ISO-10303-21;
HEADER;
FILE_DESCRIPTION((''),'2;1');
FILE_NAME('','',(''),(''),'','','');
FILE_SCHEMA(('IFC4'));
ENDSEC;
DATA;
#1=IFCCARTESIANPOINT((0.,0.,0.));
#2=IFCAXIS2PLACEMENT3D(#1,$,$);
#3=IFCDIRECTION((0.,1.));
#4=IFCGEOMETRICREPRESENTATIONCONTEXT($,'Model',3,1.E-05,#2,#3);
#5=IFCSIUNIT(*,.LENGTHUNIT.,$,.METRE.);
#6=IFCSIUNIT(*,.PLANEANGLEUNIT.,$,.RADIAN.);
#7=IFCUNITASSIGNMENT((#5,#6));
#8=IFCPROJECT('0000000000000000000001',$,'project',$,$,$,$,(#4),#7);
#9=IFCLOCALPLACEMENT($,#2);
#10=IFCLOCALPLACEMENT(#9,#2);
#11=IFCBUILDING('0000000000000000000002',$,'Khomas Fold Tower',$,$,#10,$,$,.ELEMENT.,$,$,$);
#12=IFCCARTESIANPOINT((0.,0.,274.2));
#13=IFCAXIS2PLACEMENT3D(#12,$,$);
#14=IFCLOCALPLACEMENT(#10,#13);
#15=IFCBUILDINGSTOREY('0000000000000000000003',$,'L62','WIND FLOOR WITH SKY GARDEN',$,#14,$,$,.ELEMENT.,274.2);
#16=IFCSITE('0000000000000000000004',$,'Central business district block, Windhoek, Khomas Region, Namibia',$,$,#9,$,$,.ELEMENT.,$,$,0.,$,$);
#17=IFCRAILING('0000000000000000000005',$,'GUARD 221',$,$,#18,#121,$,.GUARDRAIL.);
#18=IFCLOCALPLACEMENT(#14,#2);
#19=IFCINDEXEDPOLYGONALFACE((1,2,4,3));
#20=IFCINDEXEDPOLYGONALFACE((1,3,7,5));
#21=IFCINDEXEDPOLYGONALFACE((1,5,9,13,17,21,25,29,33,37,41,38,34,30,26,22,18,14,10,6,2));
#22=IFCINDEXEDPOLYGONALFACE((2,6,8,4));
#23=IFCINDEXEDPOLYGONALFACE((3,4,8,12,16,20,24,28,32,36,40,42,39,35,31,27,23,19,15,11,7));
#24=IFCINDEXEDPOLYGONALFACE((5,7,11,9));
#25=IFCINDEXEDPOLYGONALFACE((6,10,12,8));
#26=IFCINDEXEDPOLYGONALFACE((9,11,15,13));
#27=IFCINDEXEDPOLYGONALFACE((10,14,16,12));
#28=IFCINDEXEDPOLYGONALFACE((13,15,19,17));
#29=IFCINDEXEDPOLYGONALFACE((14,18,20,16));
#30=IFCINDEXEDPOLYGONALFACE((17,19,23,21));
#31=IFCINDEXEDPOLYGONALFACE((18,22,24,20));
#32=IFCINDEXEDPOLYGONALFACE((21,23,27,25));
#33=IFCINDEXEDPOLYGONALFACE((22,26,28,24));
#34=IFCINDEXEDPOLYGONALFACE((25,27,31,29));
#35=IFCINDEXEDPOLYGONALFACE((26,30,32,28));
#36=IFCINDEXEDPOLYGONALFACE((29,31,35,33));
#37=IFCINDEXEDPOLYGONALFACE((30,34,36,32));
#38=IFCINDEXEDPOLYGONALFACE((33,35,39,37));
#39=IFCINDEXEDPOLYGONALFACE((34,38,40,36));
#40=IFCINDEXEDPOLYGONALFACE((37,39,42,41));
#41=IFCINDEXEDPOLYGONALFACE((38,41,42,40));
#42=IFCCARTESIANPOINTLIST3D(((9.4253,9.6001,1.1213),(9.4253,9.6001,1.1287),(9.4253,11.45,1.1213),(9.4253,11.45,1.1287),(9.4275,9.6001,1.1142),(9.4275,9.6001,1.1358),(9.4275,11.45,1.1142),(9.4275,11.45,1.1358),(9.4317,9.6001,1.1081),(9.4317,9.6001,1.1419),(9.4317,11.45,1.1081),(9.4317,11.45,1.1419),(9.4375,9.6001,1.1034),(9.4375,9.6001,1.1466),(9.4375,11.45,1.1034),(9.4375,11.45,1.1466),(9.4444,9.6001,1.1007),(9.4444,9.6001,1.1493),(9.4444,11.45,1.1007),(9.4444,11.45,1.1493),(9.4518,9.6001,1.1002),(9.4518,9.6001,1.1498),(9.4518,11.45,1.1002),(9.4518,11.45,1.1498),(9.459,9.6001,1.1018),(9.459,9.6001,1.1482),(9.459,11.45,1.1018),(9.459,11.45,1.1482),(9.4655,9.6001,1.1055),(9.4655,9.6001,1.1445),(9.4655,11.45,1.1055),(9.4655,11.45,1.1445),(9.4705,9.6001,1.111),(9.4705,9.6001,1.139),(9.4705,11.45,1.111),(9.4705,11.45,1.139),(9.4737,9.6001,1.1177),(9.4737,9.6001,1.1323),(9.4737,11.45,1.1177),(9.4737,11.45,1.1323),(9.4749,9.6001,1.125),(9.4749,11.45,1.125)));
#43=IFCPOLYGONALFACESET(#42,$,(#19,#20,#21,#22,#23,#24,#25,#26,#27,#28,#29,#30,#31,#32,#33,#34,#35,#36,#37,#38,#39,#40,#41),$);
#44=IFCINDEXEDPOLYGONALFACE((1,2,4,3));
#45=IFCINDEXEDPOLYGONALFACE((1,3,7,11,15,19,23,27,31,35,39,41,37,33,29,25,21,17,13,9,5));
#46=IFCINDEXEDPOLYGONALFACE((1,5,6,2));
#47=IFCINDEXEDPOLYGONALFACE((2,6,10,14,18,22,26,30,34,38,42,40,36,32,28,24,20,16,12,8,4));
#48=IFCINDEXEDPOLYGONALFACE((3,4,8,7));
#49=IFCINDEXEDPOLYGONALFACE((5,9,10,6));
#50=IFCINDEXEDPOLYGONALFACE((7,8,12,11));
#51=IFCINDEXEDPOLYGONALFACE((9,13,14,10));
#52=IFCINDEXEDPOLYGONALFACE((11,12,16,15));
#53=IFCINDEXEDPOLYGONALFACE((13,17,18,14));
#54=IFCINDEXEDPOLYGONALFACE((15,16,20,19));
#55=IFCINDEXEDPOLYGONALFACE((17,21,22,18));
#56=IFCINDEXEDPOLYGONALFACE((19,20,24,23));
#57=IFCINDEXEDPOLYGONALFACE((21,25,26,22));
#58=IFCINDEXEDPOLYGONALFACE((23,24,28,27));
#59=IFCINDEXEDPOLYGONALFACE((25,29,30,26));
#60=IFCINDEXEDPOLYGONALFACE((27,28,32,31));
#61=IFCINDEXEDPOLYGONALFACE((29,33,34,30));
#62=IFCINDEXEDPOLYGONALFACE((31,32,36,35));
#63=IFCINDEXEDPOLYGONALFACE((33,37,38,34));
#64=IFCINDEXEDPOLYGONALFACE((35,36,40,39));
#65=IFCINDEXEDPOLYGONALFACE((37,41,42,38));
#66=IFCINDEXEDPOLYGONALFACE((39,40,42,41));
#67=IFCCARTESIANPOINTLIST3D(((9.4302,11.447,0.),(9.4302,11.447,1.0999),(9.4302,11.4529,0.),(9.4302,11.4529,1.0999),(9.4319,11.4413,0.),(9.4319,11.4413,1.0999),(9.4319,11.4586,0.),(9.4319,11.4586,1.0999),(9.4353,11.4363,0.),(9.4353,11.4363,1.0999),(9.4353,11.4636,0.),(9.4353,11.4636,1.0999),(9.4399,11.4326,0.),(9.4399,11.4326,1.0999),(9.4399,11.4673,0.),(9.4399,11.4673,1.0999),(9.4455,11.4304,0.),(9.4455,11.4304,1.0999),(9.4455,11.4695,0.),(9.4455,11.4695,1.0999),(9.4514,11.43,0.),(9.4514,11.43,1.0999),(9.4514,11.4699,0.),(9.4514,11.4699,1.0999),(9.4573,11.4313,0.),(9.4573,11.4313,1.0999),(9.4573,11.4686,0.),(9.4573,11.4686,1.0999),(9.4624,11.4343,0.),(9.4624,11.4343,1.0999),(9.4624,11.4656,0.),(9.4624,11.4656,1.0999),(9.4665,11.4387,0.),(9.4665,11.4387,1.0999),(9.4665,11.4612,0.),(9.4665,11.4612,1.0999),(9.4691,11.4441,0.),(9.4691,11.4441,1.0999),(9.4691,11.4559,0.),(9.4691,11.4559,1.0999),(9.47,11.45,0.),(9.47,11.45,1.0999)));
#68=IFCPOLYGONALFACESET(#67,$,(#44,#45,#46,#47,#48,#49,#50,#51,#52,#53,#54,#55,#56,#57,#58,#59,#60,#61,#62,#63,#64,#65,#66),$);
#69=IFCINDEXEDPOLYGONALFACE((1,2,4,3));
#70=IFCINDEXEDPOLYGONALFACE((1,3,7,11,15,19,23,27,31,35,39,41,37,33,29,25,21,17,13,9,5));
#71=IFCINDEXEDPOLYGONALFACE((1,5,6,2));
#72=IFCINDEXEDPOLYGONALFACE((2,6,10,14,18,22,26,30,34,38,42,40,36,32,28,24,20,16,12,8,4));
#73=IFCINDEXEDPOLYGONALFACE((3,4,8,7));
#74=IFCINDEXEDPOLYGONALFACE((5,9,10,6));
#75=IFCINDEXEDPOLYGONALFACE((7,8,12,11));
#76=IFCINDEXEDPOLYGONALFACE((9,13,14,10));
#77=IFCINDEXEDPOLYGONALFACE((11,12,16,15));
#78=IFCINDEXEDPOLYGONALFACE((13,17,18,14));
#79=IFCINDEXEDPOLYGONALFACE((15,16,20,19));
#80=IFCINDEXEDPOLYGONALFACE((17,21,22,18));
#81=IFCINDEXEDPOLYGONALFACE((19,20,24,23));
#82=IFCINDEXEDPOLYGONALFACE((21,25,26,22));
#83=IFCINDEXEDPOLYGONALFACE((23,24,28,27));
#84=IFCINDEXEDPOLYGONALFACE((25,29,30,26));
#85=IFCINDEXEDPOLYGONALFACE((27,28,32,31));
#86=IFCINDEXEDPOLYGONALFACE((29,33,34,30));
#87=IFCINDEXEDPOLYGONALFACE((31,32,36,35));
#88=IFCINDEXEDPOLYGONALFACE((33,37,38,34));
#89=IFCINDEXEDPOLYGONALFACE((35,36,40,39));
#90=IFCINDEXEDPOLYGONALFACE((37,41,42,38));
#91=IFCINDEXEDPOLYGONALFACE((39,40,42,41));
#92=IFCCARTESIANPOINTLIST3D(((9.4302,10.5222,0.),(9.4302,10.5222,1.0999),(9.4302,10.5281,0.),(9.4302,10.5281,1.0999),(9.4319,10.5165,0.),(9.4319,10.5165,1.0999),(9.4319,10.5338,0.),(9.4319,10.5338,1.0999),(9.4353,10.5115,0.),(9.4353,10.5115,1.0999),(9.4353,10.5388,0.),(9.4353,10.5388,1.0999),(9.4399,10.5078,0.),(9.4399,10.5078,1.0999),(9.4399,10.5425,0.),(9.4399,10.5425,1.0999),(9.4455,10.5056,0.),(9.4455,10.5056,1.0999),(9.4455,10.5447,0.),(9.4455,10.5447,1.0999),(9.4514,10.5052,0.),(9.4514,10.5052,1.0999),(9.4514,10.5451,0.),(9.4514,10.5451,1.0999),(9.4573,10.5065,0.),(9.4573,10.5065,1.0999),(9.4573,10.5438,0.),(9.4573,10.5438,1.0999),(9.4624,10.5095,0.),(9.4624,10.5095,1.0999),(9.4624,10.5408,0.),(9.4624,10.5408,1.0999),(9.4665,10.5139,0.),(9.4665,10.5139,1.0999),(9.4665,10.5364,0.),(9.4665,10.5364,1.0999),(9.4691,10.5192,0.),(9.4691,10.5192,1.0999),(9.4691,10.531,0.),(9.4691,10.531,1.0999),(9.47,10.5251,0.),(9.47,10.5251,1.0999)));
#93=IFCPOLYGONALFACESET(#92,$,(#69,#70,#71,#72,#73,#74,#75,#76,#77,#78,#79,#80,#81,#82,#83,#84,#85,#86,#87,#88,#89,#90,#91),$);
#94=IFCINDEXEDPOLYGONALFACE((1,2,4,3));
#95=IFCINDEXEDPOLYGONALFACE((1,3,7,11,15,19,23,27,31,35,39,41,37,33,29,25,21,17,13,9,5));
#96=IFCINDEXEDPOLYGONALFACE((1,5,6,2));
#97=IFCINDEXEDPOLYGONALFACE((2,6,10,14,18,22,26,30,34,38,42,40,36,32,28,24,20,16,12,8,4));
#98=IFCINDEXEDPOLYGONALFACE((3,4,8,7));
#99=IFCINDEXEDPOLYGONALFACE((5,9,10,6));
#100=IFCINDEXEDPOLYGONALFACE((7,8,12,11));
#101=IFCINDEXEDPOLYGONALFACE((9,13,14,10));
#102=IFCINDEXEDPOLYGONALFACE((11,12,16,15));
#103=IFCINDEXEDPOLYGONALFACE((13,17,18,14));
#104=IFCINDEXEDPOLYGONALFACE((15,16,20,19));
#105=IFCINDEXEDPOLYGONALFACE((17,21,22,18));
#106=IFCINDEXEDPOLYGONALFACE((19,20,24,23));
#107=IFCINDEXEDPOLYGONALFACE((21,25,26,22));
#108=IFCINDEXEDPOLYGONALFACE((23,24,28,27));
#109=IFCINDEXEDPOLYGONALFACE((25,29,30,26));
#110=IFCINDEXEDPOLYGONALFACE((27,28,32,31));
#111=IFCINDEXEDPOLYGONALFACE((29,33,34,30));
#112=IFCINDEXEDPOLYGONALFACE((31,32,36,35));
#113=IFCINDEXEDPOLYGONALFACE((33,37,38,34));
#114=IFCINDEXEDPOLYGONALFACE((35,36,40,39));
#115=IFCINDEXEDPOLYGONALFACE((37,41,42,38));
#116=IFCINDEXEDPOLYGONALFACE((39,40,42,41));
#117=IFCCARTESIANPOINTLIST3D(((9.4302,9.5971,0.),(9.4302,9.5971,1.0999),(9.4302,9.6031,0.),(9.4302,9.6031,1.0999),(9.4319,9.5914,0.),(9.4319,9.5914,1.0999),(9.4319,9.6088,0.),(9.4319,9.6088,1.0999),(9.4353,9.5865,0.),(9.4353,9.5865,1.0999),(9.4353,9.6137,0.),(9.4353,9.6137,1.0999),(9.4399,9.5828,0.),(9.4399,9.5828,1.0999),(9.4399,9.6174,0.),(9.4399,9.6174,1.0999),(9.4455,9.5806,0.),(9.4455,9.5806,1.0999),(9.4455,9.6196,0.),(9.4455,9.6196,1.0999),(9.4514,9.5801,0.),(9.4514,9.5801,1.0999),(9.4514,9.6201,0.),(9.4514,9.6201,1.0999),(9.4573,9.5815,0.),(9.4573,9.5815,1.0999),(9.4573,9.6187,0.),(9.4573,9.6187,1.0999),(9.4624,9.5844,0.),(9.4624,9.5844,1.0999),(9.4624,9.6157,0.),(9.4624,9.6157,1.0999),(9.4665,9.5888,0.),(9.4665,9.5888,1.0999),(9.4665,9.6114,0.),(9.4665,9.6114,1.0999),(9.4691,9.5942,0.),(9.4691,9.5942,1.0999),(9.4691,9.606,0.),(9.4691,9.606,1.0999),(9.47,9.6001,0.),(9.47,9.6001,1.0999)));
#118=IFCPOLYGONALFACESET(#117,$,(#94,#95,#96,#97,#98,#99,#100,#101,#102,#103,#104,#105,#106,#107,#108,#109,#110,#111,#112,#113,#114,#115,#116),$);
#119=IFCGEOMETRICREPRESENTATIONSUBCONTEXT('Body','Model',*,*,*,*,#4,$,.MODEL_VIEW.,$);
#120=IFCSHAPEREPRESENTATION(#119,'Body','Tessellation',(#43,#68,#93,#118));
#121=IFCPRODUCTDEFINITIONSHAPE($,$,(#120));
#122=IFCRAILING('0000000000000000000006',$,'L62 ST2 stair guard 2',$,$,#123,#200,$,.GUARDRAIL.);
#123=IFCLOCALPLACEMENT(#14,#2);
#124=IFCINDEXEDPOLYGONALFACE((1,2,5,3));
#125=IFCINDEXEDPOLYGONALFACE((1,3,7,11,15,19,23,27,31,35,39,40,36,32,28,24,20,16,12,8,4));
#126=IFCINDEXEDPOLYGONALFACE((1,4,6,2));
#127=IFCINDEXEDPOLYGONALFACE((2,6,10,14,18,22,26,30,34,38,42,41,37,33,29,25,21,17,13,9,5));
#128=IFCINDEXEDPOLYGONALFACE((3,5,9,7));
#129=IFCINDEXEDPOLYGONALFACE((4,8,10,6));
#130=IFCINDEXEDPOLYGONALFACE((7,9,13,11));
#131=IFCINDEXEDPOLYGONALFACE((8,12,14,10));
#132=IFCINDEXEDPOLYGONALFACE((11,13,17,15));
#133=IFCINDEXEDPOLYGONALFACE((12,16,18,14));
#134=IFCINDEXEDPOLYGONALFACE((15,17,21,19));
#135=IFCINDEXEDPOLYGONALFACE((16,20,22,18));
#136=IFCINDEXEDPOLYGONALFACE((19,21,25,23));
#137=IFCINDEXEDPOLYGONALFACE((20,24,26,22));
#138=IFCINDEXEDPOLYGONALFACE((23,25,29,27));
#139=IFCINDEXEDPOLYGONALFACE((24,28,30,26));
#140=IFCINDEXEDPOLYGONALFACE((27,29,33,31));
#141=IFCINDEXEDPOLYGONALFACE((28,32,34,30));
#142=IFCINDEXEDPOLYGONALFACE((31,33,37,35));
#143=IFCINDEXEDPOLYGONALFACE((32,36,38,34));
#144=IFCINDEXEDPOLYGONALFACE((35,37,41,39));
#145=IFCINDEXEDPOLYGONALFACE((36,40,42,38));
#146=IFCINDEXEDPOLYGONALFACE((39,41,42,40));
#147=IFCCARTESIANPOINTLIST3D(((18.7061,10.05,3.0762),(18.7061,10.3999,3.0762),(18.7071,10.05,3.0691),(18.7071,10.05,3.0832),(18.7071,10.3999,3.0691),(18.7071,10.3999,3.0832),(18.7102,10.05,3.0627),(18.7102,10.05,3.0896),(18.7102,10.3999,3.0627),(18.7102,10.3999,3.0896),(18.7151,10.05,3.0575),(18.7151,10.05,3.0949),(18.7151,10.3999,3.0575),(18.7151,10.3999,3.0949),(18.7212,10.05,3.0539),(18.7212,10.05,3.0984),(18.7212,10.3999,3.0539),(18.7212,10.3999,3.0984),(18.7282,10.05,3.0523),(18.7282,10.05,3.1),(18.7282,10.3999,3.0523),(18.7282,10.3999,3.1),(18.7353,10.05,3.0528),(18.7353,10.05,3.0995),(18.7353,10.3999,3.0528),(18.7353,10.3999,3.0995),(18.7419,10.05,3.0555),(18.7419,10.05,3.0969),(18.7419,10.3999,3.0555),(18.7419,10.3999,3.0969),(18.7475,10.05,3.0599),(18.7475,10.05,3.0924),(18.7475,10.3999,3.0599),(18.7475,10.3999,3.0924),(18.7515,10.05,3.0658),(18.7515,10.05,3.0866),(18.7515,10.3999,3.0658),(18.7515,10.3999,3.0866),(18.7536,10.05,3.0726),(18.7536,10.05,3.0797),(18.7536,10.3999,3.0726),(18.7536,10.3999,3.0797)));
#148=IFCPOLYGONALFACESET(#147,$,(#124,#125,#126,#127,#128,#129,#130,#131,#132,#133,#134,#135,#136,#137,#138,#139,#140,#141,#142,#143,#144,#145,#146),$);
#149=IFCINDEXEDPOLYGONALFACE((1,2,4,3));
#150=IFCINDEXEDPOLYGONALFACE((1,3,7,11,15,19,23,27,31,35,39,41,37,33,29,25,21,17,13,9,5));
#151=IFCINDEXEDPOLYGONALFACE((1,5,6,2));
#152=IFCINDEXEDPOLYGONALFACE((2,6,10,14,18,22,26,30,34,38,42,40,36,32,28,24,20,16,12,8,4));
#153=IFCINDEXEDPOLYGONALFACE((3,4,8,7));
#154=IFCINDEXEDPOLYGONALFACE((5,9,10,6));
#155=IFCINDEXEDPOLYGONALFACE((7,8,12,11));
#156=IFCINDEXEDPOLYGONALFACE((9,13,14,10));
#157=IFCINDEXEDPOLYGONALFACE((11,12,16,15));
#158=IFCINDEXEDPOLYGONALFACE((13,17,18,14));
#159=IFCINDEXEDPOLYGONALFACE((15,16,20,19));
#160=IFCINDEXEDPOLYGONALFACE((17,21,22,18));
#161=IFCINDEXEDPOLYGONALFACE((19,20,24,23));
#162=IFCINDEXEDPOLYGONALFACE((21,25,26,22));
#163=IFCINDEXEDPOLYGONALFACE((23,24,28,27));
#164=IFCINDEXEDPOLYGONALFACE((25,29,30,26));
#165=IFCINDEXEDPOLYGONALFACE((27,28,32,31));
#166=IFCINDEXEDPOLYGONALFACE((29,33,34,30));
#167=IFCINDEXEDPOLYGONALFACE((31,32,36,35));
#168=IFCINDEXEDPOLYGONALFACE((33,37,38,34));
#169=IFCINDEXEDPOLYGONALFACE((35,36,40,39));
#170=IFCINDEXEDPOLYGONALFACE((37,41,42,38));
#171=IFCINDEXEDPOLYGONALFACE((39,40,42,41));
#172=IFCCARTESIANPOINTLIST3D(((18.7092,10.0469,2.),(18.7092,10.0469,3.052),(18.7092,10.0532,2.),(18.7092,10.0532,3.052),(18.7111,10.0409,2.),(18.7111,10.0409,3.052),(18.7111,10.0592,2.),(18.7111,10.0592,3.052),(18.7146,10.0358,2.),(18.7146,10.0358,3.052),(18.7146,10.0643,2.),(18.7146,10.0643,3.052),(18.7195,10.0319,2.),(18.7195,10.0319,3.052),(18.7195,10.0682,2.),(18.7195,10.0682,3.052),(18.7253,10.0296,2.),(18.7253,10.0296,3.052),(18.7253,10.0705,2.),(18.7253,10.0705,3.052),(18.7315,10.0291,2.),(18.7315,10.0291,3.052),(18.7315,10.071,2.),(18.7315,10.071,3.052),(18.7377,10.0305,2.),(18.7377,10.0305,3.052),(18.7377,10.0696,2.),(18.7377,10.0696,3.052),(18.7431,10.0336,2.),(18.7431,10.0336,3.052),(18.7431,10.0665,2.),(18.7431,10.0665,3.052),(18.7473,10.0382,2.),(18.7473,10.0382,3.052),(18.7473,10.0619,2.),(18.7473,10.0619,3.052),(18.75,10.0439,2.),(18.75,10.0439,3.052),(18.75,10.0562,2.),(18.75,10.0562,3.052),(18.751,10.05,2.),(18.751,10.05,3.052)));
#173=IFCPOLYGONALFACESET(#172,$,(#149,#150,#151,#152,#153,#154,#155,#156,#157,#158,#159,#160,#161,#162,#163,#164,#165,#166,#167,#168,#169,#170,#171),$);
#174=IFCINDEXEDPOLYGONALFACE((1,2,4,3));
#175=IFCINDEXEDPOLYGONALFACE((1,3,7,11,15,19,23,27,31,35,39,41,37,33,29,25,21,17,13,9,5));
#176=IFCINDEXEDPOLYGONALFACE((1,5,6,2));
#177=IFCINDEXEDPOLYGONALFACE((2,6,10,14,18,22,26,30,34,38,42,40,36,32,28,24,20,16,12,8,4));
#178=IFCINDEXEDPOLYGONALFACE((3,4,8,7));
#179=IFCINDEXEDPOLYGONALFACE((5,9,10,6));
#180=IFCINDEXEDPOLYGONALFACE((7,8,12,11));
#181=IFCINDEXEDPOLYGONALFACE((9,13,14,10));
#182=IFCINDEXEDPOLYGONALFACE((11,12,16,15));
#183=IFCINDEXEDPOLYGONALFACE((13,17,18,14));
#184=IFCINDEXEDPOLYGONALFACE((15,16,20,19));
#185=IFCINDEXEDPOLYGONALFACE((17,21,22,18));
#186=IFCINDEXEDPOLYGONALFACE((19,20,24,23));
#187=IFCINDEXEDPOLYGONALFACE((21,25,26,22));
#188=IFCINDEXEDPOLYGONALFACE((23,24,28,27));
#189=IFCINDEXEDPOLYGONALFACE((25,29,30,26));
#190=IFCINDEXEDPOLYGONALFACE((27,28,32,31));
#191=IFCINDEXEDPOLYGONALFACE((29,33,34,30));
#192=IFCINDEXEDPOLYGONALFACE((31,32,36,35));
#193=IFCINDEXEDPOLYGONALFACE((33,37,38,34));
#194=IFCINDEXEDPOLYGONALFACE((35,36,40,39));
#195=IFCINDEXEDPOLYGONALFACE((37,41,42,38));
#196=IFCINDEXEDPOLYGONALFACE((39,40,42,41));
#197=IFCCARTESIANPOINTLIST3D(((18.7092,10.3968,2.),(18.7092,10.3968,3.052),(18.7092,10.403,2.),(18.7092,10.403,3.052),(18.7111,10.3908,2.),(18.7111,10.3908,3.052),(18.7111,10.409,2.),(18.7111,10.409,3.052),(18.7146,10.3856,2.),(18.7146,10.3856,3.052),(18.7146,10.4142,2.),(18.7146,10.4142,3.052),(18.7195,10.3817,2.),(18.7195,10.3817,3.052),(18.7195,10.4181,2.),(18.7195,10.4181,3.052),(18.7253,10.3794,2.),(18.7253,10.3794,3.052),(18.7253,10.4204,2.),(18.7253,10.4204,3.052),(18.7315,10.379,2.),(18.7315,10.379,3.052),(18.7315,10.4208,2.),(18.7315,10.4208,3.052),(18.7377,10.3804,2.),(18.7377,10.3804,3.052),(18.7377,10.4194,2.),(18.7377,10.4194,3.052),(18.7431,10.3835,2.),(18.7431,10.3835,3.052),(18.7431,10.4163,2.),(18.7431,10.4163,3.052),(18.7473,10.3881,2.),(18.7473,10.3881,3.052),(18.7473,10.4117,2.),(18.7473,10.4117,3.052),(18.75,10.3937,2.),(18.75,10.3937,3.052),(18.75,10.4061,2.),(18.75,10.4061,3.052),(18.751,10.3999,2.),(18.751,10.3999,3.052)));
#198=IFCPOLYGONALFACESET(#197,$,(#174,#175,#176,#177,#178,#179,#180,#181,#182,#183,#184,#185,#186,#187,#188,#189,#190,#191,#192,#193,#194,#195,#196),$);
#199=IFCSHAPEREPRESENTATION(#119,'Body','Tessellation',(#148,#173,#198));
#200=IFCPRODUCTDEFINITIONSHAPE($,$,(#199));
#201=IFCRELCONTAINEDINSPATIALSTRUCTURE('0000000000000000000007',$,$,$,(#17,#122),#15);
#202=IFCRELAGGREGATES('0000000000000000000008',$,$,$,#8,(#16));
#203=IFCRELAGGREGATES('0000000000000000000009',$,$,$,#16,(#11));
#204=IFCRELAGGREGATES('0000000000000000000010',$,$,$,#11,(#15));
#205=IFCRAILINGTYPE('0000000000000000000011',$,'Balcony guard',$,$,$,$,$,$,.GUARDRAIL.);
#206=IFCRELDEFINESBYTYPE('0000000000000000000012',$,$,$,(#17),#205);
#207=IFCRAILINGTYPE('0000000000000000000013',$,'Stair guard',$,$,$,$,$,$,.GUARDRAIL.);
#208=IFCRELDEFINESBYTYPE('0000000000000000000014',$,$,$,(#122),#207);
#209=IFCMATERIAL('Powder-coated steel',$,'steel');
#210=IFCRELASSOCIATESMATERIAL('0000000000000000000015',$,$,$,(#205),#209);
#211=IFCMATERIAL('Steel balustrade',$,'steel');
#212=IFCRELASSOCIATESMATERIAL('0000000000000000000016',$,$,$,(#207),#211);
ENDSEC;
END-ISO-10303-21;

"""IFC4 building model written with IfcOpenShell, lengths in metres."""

from ifc_helpers import new_model, si_unit, direction, frame, origin, origin_2d, place, context, subcontext, project, spatial, circle, extrude, source, transform, mapped, material, type_object, element, save


model = new_model("IFC4")

# Units and contexts
model_context = context("Model", 3, precision=1e-05, world=origin(), true_north=direction((0.0, 1.0)))
body_context = subcontext(model_context, "Body", "Model", "MODEL_VIEW")
ifc_project = project(units=[si_unit("LENGTHUNIT", "METRE"), si_unit("PLANEANGLEUNIT", "RADIAN")], contexts=[model_context])

# Site, building, storey
site_placement = place(None, origin())
site = spatial("IfcSite", under=ifc_project, at=site_placement, Name="Central business district block, Windhoek, Khomas Region, Namibia", CompositionType="ELEMENT", RefElevation=0.0)
building_placement = place(site_placement, origin())
building = spatial("IfcBuilding", under=site, at=building_placement, Name="Khomas Fold Tower", CompositionType="ELEMENT")
storey_placement = place(building_placement, frame((0.0, 0.0, 274.2)))
storey = spatial("IfcBuildingStorey", under=building, at=storey_placement, Name="L62", Description="WIND FLOOR WITH SKY GARDEN", CompositionType="ELEMENT", Elevation=274.2)

# Railings
ifc_material_1 = material(Name="Powder-coated steel", Category="steel")
railing_type_1 = type_object("IfcRailingType", Name="Balcony guard", PredefinedType="GUARDRAIL", material=ifc_material_1)
shared_shape_1 = source(origin(), body_context, "Body", "SweptSolid", [
    extrude(circle(Radius=0.0249, at=origin_2d()), frame((0.0, 0.0, 1.125), z_axis=(0.0, -1.0, 0.0), x_axis=(1.0, 0.0, 0.0)), (0.0, 0.0, 1.0), 1.8499),
    extrude(circle(Radius=0.02, at=origin_2d()), origin(), (0.0, 0.0, 1.0), 1.0999),
    extrude(circle(Radius=0.02, at=origin_2d()), frame((0.0, -0.9248, 0.0)), (0.0, 0.0, 1.0), 1.0999),
    extrude(circle(Radius=0.02, at=origin_2d()), frame((0.0, -1.8499, 0.0)), (0.0, 0.0, 1.0), 1.0999),
])
railing_placement = place(storey_placement, frame((9.45, 11.45, 0.0)))
element("IfcRailing", 1, at=railing_placement, inside=storey, type_object=railing_type_1, Name="GUARD 221", PredefinedType="GUARDRAIL", context=body_context, shape_type="MappedRepresentation", body=[
    mapped(shared_shape_1, transform((0.0, 0.0, 0.0))),
])
ifc_material_2 = material(Name="Steel balustrade", Category="steel")
railing_type_2 = type_object("IfcRailingType", Name="Stair guard", PredefinedType="GUARDRAIL", material=ifc_material_2)
shared_shape_2 = source(origin(), body_context, "Body", "SweptSolid", [
    extrude(circle(Radius=0.0239, at=origin_2d()), frame((0.0, 0.0, 1.0762), z_axis=(0.0, 1.0, 0.0), x_axis=(-1.0, 0.0, 0.0)), (0.0, 0.0, 1.0), 0.3499),
    extrude(circle(Radius=0.021, at=origin_2d()), origin(), (0.0, 0.0, 1.0), 1.052),
    extrude(circle(Radius=0.021, at=origin_2d()), frame((0.0, 0.3499, 0.0)), (0.0, 0.0, 1.0), 1.052),
])
for number, where, name in (
    (2, (18.73, 10.05, 2.0), "L62 ST2 stair guard 2"),
):
    element("IfcRailing", number, at=place(storey_placement, frame(where)), inside=storey, type_object=railing_type_2, Name=name, PredefinedType="GUARDRAIL", context=body_context, shape_type="MappedRepresentation", body=[
        mapped(shared_shape_2, transform((0.0, 0.0, 0.0))),
    ])

save(model, "model.ifc")
